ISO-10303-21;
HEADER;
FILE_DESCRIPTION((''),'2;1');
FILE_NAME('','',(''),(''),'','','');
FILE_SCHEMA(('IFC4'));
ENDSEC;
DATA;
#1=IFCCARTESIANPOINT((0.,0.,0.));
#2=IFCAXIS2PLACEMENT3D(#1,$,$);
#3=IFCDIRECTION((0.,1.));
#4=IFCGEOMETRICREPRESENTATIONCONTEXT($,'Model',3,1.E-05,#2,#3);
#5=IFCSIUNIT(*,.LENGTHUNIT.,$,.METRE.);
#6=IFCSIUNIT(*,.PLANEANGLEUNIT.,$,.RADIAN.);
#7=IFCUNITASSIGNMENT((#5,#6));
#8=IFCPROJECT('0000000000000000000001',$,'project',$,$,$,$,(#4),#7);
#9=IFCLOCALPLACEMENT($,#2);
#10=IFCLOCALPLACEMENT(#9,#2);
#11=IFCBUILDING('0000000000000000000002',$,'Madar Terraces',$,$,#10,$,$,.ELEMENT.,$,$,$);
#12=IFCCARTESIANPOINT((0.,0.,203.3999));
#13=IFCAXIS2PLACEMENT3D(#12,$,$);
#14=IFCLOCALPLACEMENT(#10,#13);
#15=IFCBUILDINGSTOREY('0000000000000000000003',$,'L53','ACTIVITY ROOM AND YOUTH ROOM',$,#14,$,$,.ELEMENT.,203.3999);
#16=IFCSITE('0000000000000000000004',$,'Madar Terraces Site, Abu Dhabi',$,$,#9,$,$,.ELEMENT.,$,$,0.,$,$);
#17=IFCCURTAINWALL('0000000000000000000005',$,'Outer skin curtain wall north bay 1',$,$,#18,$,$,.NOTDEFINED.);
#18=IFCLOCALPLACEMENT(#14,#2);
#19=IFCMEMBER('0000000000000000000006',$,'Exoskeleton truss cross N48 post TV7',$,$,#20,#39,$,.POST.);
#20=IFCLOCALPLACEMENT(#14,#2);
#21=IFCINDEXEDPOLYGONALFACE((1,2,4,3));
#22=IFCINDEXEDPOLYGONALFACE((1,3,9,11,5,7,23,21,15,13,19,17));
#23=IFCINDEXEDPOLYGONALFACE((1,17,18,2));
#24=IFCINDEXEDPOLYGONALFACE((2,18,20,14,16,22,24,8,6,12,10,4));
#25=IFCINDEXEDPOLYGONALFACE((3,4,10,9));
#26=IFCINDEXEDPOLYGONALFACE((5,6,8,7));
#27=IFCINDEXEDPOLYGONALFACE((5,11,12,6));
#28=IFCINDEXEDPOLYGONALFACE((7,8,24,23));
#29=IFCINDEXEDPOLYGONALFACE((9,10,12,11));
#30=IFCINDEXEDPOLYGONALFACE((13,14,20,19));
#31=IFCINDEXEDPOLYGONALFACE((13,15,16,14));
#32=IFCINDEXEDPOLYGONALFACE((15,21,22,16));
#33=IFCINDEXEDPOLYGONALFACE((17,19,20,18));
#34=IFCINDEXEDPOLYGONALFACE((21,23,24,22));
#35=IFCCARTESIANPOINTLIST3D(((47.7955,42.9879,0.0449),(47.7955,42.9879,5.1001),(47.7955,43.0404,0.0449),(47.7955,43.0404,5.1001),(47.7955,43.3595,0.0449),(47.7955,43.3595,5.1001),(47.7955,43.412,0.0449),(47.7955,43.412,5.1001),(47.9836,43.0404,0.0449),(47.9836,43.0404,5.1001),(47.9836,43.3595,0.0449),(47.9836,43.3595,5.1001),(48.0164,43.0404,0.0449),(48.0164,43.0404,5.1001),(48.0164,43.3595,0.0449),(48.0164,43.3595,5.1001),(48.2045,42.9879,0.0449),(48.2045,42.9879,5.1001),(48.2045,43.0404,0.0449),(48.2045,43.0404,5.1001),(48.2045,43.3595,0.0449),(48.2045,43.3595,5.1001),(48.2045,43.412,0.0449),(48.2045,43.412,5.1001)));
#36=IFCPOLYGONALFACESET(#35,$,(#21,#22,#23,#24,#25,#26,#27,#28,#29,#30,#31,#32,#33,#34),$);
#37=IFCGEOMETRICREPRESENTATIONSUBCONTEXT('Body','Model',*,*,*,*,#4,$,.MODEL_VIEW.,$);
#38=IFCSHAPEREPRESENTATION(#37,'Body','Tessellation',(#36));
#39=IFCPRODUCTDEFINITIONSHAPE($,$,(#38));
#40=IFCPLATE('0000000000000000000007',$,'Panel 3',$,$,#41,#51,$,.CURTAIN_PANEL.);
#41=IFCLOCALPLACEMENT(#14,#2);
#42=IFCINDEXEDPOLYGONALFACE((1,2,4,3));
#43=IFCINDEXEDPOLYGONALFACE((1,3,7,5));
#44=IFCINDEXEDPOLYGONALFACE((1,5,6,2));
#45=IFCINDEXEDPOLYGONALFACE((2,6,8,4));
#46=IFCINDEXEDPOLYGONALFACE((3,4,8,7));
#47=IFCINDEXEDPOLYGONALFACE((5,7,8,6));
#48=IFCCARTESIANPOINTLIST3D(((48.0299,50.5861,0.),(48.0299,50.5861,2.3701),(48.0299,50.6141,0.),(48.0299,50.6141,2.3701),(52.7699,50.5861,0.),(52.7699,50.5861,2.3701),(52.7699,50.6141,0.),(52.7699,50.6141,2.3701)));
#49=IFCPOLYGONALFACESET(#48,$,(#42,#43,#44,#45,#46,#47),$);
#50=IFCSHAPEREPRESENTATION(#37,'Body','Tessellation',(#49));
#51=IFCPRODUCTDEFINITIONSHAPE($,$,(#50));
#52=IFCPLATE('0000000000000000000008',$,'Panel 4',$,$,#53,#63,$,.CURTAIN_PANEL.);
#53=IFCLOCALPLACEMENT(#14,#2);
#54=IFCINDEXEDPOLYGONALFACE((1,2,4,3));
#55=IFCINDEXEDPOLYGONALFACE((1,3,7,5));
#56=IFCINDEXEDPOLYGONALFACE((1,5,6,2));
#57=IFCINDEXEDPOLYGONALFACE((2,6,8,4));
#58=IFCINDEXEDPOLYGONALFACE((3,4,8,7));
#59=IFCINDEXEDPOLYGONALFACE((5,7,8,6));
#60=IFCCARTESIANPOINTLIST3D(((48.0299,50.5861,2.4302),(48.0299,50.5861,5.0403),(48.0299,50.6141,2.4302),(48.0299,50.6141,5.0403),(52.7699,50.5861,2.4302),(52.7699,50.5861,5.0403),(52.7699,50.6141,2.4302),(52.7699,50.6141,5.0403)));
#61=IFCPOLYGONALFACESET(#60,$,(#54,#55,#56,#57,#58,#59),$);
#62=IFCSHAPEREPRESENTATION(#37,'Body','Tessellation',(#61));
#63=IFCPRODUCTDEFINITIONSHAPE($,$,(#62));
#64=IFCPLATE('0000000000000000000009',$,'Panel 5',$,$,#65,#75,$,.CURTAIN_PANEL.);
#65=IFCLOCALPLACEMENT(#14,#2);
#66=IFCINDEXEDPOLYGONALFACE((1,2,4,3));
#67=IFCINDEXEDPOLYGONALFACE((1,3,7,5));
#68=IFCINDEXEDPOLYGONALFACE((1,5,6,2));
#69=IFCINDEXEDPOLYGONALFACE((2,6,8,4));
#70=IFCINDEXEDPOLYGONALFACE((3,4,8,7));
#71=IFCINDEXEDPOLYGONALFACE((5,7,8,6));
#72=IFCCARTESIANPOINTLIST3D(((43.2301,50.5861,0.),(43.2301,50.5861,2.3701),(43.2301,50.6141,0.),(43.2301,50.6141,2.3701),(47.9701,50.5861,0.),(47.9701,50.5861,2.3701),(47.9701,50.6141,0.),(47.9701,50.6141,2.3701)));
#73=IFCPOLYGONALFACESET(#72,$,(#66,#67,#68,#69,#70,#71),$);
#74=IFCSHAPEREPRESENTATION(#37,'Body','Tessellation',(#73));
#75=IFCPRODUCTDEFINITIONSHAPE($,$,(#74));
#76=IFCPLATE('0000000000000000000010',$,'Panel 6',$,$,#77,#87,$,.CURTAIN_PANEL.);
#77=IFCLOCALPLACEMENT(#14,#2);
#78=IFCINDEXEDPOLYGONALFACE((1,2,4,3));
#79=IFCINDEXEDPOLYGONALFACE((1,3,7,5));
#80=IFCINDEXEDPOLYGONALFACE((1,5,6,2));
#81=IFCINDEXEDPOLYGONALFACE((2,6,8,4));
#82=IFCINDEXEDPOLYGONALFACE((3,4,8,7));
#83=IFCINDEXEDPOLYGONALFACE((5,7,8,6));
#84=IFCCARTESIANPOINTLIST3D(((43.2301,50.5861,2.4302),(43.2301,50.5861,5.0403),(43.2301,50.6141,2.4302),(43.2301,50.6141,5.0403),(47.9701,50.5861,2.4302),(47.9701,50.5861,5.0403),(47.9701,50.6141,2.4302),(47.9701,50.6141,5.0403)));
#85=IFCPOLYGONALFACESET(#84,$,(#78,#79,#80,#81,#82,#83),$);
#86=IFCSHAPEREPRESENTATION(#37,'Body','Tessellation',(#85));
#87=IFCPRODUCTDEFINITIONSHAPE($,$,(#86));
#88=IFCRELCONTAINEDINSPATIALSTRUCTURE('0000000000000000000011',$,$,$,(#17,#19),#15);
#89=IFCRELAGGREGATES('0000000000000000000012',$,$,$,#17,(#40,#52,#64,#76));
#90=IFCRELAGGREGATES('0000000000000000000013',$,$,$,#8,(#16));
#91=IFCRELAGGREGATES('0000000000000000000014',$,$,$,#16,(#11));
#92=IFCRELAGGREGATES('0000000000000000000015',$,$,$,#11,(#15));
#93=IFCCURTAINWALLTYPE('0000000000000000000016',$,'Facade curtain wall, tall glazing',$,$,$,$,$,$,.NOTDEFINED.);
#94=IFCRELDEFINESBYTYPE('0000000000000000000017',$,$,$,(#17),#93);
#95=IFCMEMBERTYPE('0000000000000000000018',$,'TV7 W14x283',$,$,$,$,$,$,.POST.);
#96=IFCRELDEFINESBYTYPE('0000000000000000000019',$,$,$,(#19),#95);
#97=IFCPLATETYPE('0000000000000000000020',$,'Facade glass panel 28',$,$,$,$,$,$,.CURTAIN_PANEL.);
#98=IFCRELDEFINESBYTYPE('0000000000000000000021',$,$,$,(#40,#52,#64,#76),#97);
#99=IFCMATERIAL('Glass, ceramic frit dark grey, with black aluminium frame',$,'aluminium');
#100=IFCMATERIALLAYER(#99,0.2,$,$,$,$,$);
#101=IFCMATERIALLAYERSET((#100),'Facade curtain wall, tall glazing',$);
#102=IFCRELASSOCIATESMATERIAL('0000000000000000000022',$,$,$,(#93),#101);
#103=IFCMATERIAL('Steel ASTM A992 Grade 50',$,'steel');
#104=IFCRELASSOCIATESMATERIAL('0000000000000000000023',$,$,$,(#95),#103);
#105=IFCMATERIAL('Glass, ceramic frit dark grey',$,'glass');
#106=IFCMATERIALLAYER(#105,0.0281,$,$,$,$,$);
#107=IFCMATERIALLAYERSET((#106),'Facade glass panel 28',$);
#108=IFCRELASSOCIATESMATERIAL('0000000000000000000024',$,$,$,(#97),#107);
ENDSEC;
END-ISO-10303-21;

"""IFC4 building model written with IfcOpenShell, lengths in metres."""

from ifc_helpers import new_model, si_unit, direction, frame, origin, origin_2d, place, context, subcontext, project, spatial, rectangle, i_section, extrude, material, layer, layer_set, material_profile, profile_set, type_object, element, aggregate, save


model = new_model("IFC4")

# Units and contexts
model_context = context("Model", 3, precision=1e-05, world=origin(), true_north=direction((0.0, 1.0)))
body_context = subcontext(model_context, "Body", "Model", "MODEL_VIEW")
ifc_project = project(units=[si_unit("LENGTHUNIT", "METRE"), si_unit("PLANEANGLEUNIT", "RADIAN")], contexts=[model_context])

# Site, building, storey
site_placement = place(None, origin())
site = spatial("IfcSite", under=ifc_project, at=site_placement, Name="Madar Terraces Site, Abu Dhabi", CompositionType="ELEMENT", RefElevation=0.0)
building_placement = place(site_placement, origin())
building = spatial("IfcBuilding", under=site, at=building_placement, Name="Madar Terraces", CompositionType="ELEMENT")
storey_placement = place(building_placement, frame((0.0, 0.0, 203.3999)))
storey = spatial("IfcBuildingStorey", under=building, at=storey_placement, Name="L53", Description="ACTIVITY ROOM AND YOUTH ROOM", CompositionType="ELEMENT", Elevation=203.3999)

# Curtain wall
ifc_material_1 = material(Name="Glass, ceramic frit dark grey, with black aluminium frame", Category="aluminium")
ifc_layer_1 = layer(ifc_material_1, 0.2)
ifc_layer_set_1 = layer_set([ifc_layer_1], Name="Facade curtain wall, tall glazing")
curtain_wall_type = type_object("IfcCurtainWallType", Name="Facade curtain wall, tall glazing", PredefinedType="NOTDEFINED", material=ifc_layer_set_1)
curtain_wall_placement = place(storey_placement, origin())
curtain_wall = element("IfcCurtainWall", 1, at=curtain_wall_placement, inside=storey, type_object=curtain_wall_type, Name="Outer skin curtain wall north bay 1", PredefinedType="NOTDEFINED")

# Member
ifc_material_2 = material(Name="Steel ASTM A992 Grade 50", Category="steel")
ifc_material_profile_1 = material_profile(ifc_material_2, i_section(OverallWidth=0.4089, OverallDepth=0.4241, WebThickness=0.0327, FlangeThickness=0.0525, at=origin_2d()), Name="W14x283")
ifc_profile_set_1 = profile_set([ifc_material_profile_1], Name="Steel ASTM A992 Grade 50")
member_type_1 = type_object("IfcMemberType", Name="TV7 W14x283", PredefinedType="POST", material=ifc_profile_set_1)
member_1_placement = place(storey_placement, frame((48.0, 43.2, 0.0449), z_axis=(0.0, 0.0, 1.0), x_axis=(-1.0, 0.0, 0.0)))
element("IfcMember", 2, at=member_1_placement, inside=storey, type_object=member_type_1, Name="Exoskeleton truss cross N48 post TV7", PredefinedType="POST", context=body_context, shape_type="SweptSolid", body=[
    extrude(i_section(OverallWidth=0.4089, OverallDepth=0.4241, WebThickness=0.0327, FlangeThickness=0.0525, at=origin_2d()), origin(), (0.0, 0.0, 1.0), 5.0552),
])

# Plates
ifc_material_3 = material(Name="Glass, ceramic frit dark grey", Category="glass")
ifc_layer_2 = layer(ifc_material_3, 0.0281)
ifc_layer_set_2 = layer_set([ifc_layer_2], Name="Facade glass panel 28")
plate_type = type_object("IfcPlateType", Name="Facade glass panel 28", PredefinedType="CURTAIN_PANEL", material=ifc_layer_set_2)
plate_1_placement = place(storey_placement, frame((50.3999, 50.6001, 0.0), z_axis=(0.0, 0.0, 1.0), x_axis=(-1.0, 0.0, 0.0)))
plate_1 = element("IfcPlate", 3, at=plate_1_placement, type_object=plate_type, Name="Panel 3", PredefinedType="CURTAIN_PANEL", context=body_context, shape_type="SweptSolid", body=[
    extrude(rectangle(XDim=4.74, YDim=0.0281, at=origin_2d()), origin(), (0.0, 0.0, 1.0), 2.3701),
])
plate_2_placement = place(storey_placement, frame((50.3999, 50.6001, 2.4302), z_axis=(0.0, 0.0, 1.0), x_axis=(-1.0, 0.0, 0.0)))
plate_2 = element("IfcPlate", 4, at=plate_2_placement, type_object=plate_type, Name="Panel 4", PredefinedType="CURTAIN_PANEL", context=body_context, shape_type="SweptSolid", body=[
    extrude(rectangle(XDim=4.74, YDim=0.0281, at=origin_2d()), origin(), (0.0, 0.0, 1.0), 2.6101),
])
plate_3_placement = place(storey_placement, frame((45.6001, 50.6001, 0.0), z_axis=(0.0, 0.0, 1.0), x_axis=(-1.0, 0.0, 0.0)))
plate_3 = element("IfcPlate", 5, at=plate_3_placement, type_object=plate_type, Name="Panel 5", PredefinedType="CURTAIN_PANEL", context=body_context, shape_type="SweptSolid", body=[
    extrude(rectangle(XDim=4.74, YDim=0.0281, at=origin_2d()), origin(), (0.0, 0.0, 1.0), 2.3701),
])
plate_4_placement = place(storey_placement, frame((45.6001, 50.6001, 2.4302), z_axis=(0.0, 0.0, 1.0), x_axis=(-1.0, 0.0, 0.0)))
plate_4 = element("IfcPlate", 6, at=plate_4_placement, type_object=plate_type, Name="Panel 6", PredefinedType="CURTAIN_PANEL", context=body_context, shape_type="SweptSolid", body=[
    extrude(rectangle(XDim=4.74, YDim=0.0281, at=origin_2d()), origin(), (0.0, 0.0, 1.0), 2.6101),
])
aggregate(curtain_wall, [plate_1, plate_2, plate_3, plate_4])

save(model, "model.ifc")
